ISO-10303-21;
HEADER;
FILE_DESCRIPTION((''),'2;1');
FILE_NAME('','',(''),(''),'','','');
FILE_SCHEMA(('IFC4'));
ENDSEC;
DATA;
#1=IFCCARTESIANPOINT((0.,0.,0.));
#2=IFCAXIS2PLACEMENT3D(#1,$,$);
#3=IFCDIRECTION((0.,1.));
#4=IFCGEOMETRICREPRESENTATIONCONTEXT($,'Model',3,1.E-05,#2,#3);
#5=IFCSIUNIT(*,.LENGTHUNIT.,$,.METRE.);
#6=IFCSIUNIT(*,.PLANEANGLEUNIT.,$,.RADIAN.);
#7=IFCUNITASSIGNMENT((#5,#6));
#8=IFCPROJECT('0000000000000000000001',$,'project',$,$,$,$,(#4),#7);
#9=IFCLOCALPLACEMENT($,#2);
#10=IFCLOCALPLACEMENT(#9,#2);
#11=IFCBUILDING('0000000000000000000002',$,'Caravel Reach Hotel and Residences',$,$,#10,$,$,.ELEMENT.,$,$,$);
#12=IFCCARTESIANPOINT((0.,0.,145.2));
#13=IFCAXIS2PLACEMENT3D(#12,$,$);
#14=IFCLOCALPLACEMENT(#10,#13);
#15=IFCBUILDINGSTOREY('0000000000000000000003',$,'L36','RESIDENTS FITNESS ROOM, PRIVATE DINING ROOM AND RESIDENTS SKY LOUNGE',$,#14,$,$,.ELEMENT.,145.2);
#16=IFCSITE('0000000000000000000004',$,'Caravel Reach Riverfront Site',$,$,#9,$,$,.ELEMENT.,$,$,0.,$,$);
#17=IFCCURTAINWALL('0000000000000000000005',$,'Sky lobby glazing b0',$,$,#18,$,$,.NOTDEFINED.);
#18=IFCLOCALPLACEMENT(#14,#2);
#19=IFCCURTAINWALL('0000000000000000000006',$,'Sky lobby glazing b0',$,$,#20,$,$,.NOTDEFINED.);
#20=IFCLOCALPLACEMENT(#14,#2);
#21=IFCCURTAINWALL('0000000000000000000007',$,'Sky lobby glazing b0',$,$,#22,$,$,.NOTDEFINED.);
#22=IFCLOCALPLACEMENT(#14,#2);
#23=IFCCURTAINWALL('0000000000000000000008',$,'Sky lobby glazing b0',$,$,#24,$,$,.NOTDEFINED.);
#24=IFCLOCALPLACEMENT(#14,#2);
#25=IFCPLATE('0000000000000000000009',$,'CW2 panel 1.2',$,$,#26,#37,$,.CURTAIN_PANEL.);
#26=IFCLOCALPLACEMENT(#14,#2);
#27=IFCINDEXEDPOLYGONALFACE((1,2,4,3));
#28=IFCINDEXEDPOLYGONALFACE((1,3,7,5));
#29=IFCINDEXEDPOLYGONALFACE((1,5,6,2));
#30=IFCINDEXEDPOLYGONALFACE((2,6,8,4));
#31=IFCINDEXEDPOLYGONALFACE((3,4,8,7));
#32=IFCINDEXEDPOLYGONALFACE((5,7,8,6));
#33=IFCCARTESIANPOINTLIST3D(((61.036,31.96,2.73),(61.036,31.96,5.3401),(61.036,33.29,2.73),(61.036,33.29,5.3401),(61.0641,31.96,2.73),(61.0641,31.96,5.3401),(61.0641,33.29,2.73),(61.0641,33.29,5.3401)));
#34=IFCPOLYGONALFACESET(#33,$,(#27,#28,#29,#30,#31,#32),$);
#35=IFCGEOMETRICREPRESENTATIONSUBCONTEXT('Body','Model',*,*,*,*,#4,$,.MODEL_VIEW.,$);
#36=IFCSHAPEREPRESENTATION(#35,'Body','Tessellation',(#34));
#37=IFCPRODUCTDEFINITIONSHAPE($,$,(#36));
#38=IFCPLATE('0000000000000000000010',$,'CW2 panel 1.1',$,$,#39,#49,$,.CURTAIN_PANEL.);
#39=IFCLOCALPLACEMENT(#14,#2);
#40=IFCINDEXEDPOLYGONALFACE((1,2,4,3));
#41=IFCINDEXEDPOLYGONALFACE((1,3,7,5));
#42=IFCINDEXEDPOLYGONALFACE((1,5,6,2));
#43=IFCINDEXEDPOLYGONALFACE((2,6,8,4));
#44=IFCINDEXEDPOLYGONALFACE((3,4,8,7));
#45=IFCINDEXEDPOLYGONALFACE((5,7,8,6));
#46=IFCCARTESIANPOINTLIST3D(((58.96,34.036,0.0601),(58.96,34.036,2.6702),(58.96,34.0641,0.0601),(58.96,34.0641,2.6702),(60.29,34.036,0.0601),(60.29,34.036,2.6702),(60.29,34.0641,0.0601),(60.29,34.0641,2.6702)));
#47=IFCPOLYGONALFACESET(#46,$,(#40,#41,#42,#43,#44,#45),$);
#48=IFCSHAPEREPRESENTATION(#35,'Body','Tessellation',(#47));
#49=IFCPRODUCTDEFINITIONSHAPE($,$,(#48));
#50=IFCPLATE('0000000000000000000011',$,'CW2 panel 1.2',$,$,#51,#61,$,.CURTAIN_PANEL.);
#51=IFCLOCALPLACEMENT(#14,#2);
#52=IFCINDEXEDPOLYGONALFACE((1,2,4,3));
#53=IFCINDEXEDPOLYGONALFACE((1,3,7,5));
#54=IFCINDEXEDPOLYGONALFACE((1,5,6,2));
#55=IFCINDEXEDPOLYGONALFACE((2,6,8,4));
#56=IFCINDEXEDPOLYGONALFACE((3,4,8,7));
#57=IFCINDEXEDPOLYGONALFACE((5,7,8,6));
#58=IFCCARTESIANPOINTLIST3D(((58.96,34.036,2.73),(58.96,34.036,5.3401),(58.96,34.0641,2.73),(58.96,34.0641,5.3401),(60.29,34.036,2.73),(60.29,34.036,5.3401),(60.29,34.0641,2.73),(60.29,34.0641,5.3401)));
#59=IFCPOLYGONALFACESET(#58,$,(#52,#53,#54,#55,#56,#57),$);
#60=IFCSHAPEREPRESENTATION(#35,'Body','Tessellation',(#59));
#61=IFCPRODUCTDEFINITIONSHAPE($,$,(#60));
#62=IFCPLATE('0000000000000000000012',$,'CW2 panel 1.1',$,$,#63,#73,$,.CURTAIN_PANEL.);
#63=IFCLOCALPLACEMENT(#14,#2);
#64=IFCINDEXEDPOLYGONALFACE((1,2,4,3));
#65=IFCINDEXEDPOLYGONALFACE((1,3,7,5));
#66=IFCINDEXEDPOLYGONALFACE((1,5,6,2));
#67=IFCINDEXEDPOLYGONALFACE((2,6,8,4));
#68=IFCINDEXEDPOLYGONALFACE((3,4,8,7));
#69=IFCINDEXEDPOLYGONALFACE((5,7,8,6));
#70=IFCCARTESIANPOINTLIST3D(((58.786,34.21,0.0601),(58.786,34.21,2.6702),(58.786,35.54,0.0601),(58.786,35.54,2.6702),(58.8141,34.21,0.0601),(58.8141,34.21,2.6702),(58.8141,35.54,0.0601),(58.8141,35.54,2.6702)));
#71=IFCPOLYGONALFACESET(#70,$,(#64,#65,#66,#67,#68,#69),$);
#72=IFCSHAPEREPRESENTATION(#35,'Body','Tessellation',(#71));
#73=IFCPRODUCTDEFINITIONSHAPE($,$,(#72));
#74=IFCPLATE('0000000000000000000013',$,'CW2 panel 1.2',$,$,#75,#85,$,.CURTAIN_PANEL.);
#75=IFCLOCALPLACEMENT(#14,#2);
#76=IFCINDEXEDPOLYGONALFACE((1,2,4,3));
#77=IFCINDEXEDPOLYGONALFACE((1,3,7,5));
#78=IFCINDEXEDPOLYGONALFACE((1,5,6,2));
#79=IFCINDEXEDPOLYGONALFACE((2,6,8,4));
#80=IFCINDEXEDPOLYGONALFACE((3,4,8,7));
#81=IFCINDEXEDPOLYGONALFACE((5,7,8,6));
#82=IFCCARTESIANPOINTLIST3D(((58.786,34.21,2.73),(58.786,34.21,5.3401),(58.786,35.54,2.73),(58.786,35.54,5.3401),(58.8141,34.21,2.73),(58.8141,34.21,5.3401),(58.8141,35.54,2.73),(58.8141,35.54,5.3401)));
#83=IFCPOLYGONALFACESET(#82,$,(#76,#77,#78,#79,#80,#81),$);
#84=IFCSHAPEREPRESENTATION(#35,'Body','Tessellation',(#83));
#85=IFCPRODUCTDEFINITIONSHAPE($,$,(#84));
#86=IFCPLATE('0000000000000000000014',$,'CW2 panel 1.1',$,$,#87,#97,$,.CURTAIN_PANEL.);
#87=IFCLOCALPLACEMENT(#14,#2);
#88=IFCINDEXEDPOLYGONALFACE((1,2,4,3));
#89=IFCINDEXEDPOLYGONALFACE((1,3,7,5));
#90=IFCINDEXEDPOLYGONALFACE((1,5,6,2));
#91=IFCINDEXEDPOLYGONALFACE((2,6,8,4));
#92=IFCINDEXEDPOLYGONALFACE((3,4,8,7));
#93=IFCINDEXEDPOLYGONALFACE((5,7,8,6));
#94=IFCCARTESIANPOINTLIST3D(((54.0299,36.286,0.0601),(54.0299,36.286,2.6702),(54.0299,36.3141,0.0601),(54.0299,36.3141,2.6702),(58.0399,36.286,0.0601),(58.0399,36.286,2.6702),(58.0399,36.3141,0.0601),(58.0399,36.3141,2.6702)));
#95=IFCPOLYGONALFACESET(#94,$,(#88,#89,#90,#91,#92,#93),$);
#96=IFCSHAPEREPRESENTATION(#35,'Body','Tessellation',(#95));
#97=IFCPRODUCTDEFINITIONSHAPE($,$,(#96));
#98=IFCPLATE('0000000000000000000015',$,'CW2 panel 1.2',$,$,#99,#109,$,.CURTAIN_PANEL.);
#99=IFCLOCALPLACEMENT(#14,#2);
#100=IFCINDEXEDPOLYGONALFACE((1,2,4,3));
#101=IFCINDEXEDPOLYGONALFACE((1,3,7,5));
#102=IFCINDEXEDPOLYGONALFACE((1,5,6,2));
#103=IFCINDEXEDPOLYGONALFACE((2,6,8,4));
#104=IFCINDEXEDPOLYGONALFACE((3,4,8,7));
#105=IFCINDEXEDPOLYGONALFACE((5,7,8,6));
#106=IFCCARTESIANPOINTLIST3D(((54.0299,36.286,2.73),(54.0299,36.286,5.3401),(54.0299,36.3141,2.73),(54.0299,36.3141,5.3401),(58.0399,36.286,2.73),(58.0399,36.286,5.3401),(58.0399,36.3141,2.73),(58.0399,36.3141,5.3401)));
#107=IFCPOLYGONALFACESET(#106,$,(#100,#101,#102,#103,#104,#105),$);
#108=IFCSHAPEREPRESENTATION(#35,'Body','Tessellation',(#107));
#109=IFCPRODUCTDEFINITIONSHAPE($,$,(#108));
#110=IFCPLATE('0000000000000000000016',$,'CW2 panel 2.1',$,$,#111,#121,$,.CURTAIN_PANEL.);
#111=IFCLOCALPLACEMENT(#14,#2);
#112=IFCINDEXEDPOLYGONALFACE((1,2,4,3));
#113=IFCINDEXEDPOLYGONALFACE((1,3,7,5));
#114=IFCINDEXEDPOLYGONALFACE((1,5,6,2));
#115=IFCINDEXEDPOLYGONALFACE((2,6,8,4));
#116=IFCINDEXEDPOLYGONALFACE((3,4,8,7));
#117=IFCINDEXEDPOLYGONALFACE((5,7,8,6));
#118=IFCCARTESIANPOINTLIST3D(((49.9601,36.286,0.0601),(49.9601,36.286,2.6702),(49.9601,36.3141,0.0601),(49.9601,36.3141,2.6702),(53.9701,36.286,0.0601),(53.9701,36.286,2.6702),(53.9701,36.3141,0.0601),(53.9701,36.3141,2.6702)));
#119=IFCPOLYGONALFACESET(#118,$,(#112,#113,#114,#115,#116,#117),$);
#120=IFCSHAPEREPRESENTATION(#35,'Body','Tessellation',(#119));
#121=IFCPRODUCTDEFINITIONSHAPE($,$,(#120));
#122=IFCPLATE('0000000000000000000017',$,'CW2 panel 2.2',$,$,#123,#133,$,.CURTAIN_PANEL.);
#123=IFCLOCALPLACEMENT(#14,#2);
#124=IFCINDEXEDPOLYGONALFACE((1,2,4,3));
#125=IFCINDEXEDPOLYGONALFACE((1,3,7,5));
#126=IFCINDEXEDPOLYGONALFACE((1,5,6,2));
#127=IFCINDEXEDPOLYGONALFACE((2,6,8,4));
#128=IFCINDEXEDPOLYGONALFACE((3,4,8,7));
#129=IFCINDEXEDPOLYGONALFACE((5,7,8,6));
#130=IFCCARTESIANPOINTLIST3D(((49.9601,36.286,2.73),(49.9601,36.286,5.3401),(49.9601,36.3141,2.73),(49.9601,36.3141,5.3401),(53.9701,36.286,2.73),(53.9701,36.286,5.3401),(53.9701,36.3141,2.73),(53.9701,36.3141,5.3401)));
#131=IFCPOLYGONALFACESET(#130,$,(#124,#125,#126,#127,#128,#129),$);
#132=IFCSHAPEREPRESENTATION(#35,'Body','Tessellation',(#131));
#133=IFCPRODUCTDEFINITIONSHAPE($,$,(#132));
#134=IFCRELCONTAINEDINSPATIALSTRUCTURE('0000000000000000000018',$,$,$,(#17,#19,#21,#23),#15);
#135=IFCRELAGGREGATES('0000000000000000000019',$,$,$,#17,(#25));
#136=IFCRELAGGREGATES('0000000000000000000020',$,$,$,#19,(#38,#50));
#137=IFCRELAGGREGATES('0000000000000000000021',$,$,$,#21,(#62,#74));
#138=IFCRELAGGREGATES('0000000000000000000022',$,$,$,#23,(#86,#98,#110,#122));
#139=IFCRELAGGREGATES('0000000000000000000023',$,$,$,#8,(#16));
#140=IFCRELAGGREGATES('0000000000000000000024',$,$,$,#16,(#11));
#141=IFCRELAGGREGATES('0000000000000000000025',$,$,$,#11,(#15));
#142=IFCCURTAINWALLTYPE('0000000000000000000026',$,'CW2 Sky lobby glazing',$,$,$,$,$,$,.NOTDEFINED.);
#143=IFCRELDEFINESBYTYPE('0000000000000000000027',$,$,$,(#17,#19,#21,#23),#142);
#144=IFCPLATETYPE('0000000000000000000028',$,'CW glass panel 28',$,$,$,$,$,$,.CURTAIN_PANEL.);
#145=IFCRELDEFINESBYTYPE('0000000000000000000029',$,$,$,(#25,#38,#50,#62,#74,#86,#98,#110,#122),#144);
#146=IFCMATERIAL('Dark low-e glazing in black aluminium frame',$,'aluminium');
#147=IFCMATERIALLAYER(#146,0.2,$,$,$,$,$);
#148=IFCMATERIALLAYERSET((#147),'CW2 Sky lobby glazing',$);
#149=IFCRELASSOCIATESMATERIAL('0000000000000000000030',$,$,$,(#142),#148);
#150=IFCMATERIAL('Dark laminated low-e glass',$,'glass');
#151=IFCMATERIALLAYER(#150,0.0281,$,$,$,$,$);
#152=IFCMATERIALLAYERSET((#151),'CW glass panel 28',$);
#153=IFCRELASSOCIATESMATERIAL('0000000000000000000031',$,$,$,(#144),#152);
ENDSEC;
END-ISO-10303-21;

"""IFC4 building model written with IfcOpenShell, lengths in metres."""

from ifc_helpers import new_model, si_unit, direction, frame, origin, origin_2d, place, context, subcontext, project, spatial, rectangle, extrude, material, layer, layer_set, type_object, element, aggregate, save


model = new_model("IFC4")

# Units and contexts
model_context = context("Model", 3, precision=1e-05, world=origin(), true_north=direction((0.0, 1.0)))
body_context = subcontext(model_context, "Body", "Model", "MODEL_VIEW")
ifc_project = project(units=[si_unit("LENGTHUNIT", "METRE"), si_unit("PLANEANGLEUNIT", "RADIAN")], contexts=[model_context])

# Site, building, storey
site_placement = place(None, origin())
site = spatial("IfcSite", under=ifc_project, at=site_placement, Name="Caravel Reach Riverfront Site", CompositionType="ELEMENT", RefElevation=0.0)
building_placement = place(site_placement, origin())
building = spatial("IfcBuilding", under=site, at=building_placement, Name="Caravel Reach Hotel and Residences", CompositionType="ELEMENT")
storey_placement = place(building_placement, frame((0.0, 0.0, 145.2)))
storey = spatial("IfcBuildingStorey", under=building, at=storey_placement, Name="L36", Description="RESIDENTS FITNESS ROOM, PRIVATE DINING ROOM AND RESIDENTS SKY LOUNGE", CompositionType="ELEMENT", Elevation=145.2)

# Shared definitions
ifc_material_1 = material(Name="Dark low-e glazing in black aluminium frame", Category="aluminium")
ifc_layer_1 = layer(ifc_material_1, 0.2)
ifc_layer_set_1 = layer_set([ifc_layer_1], Name="CW2 Sky lobby glazing")
curtain_wall_type = type_object("IfcCurtainWallType", Name="CW2 Sky lobby glazing", PredefinedType="NOTDEFINED", material=ifc_layer_set_1)

# Curtain walls
curtain_wall_1_placement = place(storey_placement, origin())
curtain_wall_1 = element("IfcCurtainWall", 1, at=curtain_wall_1_placement, inside=storey, type_object=curtain_wall_type, Name="Sky lobby glazing b0", PredefinedType="NOTDEFINED")
curtain_wall_2_placement = place(storey_placement, origin())
curtain_wall_2 = element("IfcCurtainWall", 2, at=curtain_wall_2_placement, inside=storey, type_object=curtain_wall_type, Name="Sky lobby glazing b0", PredefinedType="NOTDEFINED")
curtain_wall_3_placement = place(storey_placement, origin())
curtain_wall_3 = element("IfcCurtainWall", 3, at=curtain_wall_3_placement, inside=storey, type_object=curtain_wall_type, Name="Sky lobby glazing b0", PredefinedType="NOTDEFINED")
curtain_wall_4_placement = place(storey_placement, origin())
curtain_wall_4 = element("IfcCurtainWall", 4, at=curtain_wall_4_placement, inside=storey, type_object=curtain_wall_type, Name="Sky lobby glazing b0", PredefinedType="NOTDEFINED")

# Plates
ifc_material_2 = material(Name="Dark laminated low-e glass", Category="glass")
ifc_layer_2 = layer(ifc_material_2, 0.0281)
ifc_layer_set_2 = layer_set([ifc_layer_2], Name="CW glass panel 28")
plate_type = type_object("IfcPlateType", Name="CW glass panel 28", PredefinedType="CURTAIN_PANEL", material=ifc_layer_set_2)
plate_1_placement = place(storey_placement, frame((61.05, 32.625, 2.73), z_axis=(0.0, 0.0, 1.0), x_axis=(0.0, 1.0, 0.0)))
plate_1 = element("IfcPlate", 5, at=plate_1_placement, type_object=plate_type, Name="CW2 panel 1.2", PredefinedType="CURTAIN_PANEL", context=body_context, shape_type="SweptSolid", body=[
    extrude(rectangle(XDim=1.3301, YDim=0.0281, at=origin_2d()), origin(), (0.0, 0.0, 1.0), 2.6101),
])
aggregate(curtain_wall_1, [plate_1])
plate_2_placement = place(storey_placement, frame((59.625, 34.05, 0.0601), z_axis=(0.0, 0.0, 1.0), x_axis=(-1.0, 0.0, 0.0)))
plate_2 = element("IfcPlate", 6, at=plate_2_placement, type_object=plate_type, Name="CW2 panel 1.1", PredefinedType="CURTAIN_PANEL", context=body_context, shape_type="SweptSolid", body=[
    extrude(rectangle(XDim=1.3301, YDim=0.0281, at=origin_2d()), origin(), (0.0, 0.0, 1.0), 2.6101),
])
plate_3_placement = place(storey_placement, frame((59.625, 34.05, 2.73), z_axis=(0.0, 0.0, 1.0), x_axis=(-1.0, 0.0, 0.0)))
plate_3 = element("IfcPlate", 7, at=plate_3_placement, type_object=plate_type, Name="CW2 panel 1.2", PredefinedType="CURTAIN_PANEL", context=body_context, shape_type="SweptSolid", body=[
    extrude(rectangle(XDim=1.3301, YDim=0.0281, at=origin_2d()), origin(), (0.0, 0.0, 1.0), 2.6101),
])
aggregate(curtain_wall_2, [plate_2, plate_3])
plate_4_placement = place(storey_placement, frame((58.8, 34.875, 0.0601), z_axis=(0.0, 0.0, 1.0), x_axis=(0.0, 1.0, 0.0)))
plate_4 = element("IfcPlate", 8, at=plate_4_placement, type_object=plate_type, Name="CW2 panel 1.1", PredefinedType="CURTAIN_PANEL", context=body_context, shape_type="SweptSolid", body=[
    extrude(rectangle(XDim=1.3301, YDim=0.0281, at=origin_2d()), origin(), (0.0, 0.0, 1.0), 2.6101),
])
plate_5_placement = place(storey_placement, frame((58.8, 34.875, 2.73), z_axis=(0.0, 0.0, 1.0), x_axis=(0.0, 1.0, 0.0)))
plate_5 = element("IfcPlate", 9, at=plate_5_placement, type_object=plate_type, Name="CW2 panel 1.2", PredefinedType="CURTAIN_PANEL", context=body_context, shape_type="SweptSolid", body=[
    extrude(rectangle(XDim=1.3301, YDim=0.0281, at=origin_2d()), origin(), (0.0, 0.0, 1.0), 2.6101),
])
aggregate(curtain_wall_3, [plate_4, plate_5])
plate_6_placement = place(storey_placement, frame((56.0349, 36.3, 0.0601), z_axis=(0.0, 0.0, 1.0), x_axis=(-1.0, 0.0, 0.0)))
plate_6 = element("IfcPlate", 10, at=plate_6_placement, type_object=plate_type, Name="CW2 panel 1.1", PredefinedType="CURTAIN_PANEL", context=body_context, shape_type="SweptSolid", body=[
    extrude(rectangle(XDim=4.01, YDim=0.0281, at=origin_2d()), origin(), (0.0, 0.0, 1.0), 2.6101),
])
plate_7_placement = place(storey_placement, frame((56.0349, 36.3, 2.73), z_axis=(0.0, 0.0, 1.0), x_axis=(-1.0, 0.0, 0.0)))
plate_7 = element("IfcPlate", 11, at=plate_7_placement, type_object=plate_type, Name="CW2 panel 1.2", PredefinedType="CURTAIN_PANEL", context=body_context, shape_type="SweptSolid", body=[
    extrude(rectangle(XDim=4.01, YDim=0.0281, at=origin_2d()), origin(), (0.0, 0.0, 1.0), 2.6101),
])
plate_8_placement = place(storey_placement, frame((51.9651, 36.3, 0.0601), z_axis=(0.0, 0.0, 1.0), x_axis=(-1.0, 0.0, 0.0)))
plate_8 = element("IfcPlate", 12, at=plate_8_placement, type_object=plate_type, Name="CW2 panel 2.1", PredefinedType="CURTAIN_PANEL", context=body_context, shape_type="SweptSolid", body=[
    extrude(rectangle(XDim=4.01, YDim=0.0281, at=origin_2d()), origin(), (0.0, 0.0, 1.0), 2.6101),
])
plate_9_placement = place(storey_placement, frame((51.9651, 36.3, 2.73), z_axis=(0.0, 0.0, 1.0), x_axis=(-1.0, 0.0, 0.0)))
plate_9 = element("IfcPlate", 13, at=plate_9_placement, type_object=plate_type, Name="CW2 panel 2.2", PredefinedType="CURTAIN_PANEL", context=body_context, shape_type="SweptSolid", body=[
    extrude(rectangle(XDim=4.01, YDim=0.0281, at=origin_2d()), origin(), (0.0, 0.0, 1.0), 2.6101),
])
aggregate(curtain_wall_4, [plate_6, plate_7, plate_8, plate_9])

save(model, "model.ifc")
